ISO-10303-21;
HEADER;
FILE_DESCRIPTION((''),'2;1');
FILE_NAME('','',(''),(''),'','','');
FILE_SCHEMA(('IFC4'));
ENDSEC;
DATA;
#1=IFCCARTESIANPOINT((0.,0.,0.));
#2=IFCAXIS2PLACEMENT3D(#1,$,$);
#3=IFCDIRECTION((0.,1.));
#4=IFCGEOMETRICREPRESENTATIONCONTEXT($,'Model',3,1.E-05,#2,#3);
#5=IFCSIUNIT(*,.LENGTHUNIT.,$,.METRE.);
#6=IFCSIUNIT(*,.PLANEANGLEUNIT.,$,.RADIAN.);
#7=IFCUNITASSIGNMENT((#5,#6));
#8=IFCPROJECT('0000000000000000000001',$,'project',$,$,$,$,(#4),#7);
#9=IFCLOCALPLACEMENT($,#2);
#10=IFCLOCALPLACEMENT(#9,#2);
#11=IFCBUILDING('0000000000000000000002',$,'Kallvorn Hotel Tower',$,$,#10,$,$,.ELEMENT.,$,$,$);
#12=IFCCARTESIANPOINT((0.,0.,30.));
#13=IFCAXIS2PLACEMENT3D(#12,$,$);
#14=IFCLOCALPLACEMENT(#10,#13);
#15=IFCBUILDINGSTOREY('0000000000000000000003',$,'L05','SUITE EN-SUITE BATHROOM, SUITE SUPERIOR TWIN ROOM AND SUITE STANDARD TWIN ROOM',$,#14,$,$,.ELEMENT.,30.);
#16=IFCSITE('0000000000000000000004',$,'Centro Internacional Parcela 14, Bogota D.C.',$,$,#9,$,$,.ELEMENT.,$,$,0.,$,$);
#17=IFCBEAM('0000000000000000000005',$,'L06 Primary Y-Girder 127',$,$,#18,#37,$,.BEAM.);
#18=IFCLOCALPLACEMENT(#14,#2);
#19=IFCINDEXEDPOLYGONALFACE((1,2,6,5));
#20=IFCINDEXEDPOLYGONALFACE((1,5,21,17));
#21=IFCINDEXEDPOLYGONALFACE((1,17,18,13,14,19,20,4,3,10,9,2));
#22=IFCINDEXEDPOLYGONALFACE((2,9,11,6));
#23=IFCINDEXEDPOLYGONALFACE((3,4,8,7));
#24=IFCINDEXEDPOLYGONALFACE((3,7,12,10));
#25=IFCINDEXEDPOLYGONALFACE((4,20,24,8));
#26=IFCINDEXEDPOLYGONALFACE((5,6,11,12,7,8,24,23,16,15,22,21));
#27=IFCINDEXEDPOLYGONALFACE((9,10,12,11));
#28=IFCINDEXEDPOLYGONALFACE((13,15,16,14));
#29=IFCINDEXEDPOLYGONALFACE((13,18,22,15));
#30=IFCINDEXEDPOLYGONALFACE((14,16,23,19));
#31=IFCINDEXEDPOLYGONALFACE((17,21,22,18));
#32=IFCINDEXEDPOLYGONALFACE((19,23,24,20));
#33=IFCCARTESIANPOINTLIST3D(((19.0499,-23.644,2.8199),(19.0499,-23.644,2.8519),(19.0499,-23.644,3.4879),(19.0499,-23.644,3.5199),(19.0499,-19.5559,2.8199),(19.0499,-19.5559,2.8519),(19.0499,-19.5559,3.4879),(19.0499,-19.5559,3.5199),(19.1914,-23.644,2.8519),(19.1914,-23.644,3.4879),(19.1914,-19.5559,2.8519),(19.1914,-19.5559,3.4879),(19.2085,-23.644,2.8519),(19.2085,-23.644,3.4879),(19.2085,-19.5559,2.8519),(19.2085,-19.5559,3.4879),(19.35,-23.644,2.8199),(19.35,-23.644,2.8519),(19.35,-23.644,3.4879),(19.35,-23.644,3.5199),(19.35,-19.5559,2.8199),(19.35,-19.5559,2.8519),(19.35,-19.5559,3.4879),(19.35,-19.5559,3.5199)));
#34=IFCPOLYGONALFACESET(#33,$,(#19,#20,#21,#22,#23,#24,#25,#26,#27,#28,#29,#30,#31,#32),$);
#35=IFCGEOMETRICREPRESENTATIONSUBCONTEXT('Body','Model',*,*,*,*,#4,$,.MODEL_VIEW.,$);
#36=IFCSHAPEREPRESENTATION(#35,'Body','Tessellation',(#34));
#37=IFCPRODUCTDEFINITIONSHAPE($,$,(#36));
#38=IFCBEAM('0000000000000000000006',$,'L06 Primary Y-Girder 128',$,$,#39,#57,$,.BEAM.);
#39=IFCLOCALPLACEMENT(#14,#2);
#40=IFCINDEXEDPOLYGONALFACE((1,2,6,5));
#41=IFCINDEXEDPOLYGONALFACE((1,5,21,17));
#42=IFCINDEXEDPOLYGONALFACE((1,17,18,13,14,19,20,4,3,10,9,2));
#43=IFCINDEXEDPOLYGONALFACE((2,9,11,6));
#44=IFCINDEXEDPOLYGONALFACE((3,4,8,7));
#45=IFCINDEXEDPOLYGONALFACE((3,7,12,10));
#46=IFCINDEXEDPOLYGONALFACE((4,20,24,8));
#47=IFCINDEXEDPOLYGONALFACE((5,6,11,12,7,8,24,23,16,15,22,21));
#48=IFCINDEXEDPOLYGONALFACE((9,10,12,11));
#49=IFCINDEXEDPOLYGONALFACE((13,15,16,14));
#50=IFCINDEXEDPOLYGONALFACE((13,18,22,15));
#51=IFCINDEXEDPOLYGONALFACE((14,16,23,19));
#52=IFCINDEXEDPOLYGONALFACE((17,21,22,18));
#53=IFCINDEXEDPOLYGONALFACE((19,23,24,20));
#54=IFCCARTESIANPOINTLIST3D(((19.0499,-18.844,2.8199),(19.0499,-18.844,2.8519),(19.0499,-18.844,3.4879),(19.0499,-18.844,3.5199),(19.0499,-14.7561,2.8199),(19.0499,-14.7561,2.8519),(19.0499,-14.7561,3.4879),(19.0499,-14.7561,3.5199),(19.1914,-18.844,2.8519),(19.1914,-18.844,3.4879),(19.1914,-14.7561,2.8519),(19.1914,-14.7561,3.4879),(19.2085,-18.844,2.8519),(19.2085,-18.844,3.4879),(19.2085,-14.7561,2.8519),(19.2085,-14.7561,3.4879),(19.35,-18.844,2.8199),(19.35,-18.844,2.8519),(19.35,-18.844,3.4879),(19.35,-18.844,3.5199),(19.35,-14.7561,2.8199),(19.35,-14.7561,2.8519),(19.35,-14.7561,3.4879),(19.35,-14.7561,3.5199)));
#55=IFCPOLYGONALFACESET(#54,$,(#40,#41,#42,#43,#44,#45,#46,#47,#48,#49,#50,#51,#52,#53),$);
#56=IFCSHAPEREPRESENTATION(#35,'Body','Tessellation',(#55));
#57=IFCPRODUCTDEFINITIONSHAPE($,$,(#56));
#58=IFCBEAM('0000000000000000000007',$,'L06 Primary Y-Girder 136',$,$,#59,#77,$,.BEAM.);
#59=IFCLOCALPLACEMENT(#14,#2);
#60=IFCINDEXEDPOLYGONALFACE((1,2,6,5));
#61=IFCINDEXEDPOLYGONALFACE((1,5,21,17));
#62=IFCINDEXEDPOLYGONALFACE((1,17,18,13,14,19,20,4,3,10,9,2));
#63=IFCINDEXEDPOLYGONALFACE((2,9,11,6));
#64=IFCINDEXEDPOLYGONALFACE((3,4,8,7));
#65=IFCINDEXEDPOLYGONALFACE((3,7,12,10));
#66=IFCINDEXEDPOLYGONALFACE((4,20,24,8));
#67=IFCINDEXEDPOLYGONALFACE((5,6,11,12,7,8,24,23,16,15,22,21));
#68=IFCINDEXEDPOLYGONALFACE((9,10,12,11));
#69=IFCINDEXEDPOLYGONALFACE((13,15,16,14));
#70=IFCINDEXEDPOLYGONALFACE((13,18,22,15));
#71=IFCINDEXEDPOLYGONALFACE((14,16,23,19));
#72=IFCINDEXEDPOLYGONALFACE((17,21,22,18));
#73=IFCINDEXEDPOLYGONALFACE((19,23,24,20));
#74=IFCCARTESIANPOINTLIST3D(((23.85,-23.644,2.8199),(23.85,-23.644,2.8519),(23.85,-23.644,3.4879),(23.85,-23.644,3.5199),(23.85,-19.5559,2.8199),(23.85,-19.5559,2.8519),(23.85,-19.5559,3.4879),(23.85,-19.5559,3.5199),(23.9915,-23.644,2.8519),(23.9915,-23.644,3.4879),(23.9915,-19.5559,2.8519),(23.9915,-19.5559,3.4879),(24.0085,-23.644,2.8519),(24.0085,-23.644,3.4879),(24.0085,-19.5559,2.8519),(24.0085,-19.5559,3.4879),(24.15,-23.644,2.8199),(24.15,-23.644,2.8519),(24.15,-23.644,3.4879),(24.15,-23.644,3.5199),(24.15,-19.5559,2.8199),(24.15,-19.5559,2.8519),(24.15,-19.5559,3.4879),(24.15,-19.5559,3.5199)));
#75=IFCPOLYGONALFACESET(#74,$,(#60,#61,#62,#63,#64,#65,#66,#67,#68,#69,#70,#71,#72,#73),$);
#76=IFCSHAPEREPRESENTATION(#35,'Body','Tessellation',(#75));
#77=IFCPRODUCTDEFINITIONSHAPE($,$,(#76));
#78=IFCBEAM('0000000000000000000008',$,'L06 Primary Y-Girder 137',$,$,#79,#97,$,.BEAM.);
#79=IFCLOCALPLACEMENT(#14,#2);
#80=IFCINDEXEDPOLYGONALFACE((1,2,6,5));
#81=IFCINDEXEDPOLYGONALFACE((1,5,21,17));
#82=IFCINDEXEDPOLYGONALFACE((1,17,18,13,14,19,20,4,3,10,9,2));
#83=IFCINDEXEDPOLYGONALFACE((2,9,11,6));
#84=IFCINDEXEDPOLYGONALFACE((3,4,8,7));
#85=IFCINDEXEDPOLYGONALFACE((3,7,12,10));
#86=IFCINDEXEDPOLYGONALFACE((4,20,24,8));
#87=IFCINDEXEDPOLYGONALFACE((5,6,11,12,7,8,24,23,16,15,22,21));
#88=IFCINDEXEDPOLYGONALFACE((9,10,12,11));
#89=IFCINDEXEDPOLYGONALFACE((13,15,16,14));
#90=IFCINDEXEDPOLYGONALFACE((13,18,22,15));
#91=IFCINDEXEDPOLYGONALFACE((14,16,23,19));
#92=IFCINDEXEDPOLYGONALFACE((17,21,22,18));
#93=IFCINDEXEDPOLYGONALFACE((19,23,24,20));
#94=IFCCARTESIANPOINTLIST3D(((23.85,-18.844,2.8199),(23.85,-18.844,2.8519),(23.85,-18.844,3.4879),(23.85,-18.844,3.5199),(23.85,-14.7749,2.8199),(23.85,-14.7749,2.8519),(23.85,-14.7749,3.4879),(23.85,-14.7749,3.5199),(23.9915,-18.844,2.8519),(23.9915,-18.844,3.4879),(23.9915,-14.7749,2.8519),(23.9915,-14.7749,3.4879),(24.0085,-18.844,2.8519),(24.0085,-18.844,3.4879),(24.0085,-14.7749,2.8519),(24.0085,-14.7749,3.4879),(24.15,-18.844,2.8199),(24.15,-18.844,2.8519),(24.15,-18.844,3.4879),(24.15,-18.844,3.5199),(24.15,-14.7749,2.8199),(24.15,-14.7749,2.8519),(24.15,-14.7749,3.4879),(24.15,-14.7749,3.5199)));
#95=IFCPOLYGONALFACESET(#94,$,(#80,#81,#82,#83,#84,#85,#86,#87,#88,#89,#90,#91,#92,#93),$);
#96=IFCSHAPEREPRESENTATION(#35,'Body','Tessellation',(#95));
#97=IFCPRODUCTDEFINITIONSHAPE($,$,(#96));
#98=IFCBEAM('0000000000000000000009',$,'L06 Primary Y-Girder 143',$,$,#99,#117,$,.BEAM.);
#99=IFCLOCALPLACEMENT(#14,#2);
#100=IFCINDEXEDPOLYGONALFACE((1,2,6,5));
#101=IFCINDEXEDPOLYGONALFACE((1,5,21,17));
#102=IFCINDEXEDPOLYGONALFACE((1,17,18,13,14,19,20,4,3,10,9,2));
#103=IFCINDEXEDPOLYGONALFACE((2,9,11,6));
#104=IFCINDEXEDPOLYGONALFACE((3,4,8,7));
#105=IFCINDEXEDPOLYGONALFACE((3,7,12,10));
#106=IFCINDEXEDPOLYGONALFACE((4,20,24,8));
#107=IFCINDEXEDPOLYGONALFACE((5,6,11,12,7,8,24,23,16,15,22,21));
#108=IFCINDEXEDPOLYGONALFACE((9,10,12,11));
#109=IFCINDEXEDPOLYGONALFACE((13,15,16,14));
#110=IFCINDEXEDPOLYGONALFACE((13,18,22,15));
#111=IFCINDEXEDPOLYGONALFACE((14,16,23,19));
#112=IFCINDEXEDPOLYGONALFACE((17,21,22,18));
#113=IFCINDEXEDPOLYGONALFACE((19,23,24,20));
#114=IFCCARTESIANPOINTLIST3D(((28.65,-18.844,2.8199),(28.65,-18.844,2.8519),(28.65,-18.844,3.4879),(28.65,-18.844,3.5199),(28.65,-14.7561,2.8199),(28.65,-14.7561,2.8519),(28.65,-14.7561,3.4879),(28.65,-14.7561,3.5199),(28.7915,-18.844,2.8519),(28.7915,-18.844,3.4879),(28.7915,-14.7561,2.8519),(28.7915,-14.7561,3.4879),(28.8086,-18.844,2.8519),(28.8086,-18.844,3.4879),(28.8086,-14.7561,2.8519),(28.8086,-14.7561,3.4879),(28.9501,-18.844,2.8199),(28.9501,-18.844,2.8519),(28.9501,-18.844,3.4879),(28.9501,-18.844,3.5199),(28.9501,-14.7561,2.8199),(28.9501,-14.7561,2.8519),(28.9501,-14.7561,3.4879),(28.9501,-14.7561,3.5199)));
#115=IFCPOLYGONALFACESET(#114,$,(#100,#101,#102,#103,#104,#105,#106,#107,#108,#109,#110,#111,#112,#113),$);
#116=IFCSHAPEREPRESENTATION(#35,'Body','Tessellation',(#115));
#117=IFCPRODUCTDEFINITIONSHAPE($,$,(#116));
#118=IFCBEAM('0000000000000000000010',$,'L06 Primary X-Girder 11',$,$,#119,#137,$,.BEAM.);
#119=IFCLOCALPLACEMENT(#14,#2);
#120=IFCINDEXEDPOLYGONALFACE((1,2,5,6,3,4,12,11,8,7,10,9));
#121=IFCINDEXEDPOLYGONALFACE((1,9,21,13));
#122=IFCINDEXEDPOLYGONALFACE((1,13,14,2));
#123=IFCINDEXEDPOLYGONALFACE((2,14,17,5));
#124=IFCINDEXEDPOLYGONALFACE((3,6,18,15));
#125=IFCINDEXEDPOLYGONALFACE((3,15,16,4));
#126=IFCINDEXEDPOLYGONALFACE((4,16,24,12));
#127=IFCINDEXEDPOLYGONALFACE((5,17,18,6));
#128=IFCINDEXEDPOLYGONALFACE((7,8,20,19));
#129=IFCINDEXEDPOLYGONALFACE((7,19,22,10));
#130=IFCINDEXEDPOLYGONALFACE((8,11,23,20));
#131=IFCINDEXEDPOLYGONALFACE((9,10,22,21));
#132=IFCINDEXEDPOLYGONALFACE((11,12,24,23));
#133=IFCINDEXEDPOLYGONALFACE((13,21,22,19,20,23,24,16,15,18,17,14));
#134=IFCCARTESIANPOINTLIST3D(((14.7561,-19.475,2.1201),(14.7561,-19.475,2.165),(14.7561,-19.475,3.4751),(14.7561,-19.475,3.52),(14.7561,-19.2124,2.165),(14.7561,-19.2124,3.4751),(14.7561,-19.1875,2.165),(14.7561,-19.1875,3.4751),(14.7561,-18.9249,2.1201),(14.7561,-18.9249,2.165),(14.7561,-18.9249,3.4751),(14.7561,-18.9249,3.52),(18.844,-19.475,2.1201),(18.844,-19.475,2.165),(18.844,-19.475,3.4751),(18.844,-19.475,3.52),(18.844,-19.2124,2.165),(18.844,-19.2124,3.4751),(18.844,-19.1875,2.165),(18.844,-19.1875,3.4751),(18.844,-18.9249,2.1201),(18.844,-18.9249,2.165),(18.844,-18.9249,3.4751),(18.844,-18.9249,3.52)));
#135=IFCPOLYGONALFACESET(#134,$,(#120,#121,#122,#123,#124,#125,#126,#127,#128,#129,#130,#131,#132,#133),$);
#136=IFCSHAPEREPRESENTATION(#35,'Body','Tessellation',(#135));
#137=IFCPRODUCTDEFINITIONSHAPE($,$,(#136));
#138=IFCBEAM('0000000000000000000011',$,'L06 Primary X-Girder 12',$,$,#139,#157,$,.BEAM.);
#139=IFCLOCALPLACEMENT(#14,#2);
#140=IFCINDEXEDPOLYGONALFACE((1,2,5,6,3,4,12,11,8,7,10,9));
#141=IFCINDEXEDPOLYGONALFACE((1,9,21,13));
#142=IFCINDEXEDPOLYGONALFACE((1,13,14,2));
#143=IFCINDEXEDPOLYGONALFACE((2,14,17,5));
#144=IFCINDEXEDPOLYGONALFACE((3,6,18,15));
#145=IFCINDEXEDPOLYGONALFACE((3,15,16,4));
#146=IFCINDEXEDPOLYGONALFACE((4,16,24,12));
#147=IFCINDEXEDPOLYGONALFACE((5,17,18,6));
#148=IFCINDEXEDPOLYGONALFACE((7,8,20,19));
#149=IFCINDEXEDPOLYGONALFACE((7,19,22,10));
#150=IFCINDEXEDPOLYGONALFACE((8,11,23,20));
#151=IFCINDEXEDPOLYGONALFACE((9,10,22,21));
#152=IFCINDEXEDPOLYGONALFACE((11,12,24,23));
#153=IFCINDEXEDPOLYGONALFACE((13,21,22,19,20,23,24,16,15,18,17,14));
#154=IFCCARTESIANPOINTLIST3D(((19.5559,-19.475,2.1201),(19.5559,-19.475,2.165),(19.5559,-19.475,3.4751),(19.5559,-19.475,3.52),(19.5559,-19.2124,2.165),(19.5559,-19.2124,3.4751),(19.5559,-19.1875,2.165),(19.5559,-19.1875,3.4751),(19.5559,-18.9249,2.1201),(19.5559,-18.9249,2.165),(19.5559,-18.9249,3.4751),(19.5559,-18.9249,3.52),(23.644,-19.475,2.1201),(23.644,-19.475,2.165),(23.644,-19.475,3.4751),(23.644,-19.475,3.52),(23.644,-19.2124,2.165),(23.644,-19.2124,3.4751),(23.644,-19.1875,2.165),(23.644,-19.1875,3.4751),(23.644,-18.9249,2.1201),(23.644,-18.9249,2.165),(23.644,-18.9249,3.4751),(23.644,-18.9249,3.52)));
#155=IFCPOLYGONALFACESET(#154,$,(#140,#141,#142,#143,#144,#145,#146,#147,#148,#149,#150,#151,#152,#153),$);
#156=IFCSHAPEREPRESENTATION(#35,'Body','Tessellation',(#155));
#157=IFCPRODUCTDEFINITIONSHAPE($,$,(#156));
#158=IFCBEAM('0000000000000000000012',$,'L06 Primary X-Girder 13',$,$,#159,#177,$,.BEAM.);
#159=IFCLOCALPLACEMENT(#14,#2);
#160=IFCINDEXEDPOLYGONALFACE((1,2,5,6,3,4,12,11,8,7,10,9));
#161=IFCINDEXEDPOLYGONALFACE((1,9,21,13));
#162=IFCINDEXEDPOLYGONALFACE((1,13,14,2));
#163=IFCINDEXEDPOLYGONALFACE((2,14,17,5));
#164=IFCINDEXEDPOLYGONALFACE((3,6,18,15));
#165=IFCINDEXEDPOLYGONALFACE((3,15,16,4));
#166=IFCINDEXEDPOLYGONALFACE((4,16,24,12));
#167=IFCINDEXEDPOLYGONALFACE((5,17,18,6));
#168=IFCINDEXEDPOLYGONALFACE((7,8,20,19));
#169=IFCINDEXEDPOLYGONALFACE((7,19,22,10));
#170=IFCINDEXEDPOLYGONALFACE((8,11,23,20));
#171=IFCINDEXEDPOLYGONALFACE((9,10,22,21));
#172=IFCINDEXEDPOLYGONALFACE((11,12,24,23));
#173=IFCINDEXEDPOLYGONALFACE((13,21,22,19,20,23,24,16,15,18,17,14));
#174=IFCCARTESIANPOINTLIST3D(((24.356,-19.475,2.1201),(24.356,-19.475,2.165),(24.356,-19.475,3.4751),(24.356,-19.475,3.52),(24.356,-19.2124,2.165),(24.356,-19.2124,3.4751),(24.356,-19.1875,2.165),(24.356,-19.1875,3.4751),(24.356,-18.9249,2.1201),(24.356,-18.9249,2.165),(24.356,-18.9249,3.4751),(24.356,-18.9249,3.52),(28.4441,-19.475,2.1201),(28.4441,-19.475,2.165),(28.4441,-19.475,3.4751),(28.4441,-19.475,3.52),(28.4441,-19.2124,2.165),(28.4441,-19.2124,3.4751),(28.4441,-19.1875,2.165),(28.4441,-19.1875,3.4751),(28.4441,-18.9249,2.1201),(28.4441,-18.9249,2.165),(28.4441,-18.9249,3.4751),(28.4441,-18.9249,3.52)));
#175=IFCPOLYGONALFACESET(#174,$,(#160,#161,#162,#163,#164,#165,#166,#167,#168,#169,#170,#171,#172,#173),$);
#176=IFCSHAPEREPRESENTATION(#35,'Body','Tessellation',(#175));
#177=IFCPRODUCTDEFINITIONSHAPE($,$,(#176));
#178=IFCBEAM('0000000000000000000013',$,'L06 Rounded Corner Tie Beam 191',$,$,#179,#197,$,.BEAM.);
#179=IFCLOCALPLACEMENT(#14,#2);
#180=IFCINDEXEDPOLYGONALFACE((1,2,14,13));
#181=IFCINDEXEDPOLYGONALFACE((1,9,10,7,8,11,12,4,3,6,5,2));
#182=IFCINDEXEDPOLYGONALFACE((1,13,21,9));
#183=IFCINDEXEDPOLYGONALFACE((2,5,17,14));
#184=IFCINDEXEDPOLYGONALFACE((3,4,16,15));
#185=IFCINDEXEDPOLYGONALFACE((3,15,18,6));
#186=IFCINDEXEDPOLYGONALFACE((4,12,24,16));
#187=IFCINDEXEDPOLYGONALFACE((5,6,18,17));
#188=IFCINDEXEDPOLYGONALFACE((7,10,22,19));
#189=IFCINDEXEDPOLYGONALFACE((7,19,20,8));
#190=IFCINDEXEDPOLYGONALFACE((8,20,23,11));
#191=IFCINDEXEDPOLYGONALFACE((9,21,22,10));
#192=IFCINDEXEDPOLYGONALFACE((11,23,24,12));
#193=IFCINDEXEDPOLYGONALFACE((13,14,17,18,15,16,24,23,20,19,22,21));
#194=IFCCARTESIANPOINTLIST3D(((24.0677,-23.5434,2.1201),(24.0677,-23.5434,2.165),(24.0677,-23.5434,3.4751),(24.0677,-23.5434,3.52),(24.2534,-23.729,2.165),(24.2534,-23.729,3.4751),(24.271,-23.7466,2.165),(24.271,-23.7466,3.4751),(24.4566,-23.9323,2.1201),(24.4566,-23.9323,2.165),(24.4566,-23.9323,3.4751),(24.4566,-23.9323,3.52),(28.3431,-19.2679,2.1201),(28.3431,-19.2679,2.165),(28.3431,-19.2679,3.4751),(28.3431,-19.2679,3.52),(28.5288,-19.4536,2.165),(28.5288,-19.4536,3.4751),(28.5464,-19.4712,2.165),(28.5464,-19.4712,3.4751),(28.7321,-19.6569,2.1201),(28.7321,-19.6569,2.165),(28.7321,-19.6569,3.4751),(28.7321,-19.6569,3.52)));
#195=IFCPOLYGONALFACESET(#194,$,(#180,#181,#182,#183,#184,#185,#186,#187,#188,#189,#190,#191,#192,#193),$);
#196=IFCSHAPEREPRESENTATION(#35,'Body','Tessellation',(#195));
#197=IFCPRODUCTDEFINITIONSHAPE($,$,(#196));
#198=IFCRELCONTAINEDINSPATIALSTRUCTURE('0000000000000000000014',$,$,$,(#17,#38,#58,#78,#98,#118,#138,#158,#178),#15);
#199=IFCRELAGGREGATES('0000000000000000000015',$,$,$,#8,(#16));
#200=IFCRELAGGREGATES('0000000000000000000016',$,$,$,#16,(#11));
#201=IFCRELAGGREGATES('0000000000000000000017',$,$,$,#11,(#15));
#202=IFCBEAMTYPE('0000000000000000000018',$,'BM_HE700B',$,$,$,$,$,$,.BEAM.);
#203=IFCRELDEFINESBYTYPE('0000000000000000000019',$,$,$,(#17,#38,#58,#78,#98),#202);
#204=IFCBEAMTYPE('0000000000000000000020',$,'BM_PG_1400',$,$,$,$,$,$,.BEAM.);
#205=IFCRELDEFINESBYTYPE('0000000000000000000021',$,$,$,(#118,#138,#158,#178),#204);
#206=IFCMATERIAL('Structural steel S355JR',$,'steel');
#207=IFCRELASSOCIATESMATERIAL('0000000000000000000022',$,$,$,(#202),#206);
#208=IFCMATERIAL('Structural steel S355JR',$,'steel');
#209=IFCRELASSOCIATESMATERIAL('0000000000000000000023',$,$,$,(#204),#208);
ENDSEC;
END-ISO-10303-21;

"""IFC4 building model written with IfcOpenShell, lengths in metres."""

from ifc_helpers import new_model, si_unit, direction, frame, origin, origin_2d, place, context, subcontext, project, spatial, i_section, extrude, material, material_profile, profile_set, type_object, element, save


model = new_model("IFC4")

# Units and contexts
model_context = context("Model", 3, precision=1e-05, world=origin(), true_north=direction((0.0, 1.0)))
body_context = subcontext(model_context, "Body", "Model", "MODEL_VIEW")
ifc_project = project(units=[si_unit("LENGTHUNIT", "METRE"), si_unit("PLANEANGLEUNIT", "RADIAN")], contexts=[model_context])

# Site, building, storey
site_placement = place(None, origin())
site = spatial("IfcSite", under=ifc_project, at=site_placement, Name="Centro Internacional Parcela 14, Bogota D.C.", CompositionType="ELEMENT", RefElevation=0.0)
building_placement = place(site_placement, origin())
building = spatial("IfcBuilding", under=site, at=building_placement, Name="Kallvorn Hotel Tower", CompositionType="ELEMENT")
storey_placement = place(building_placement, frame((0.0, 0.0, 30.0)))
storey = spatial("IfcBuildingStorey", under=building, at=storey_placement, Name="L05", Description="SUITE EN-SUITE BATHROOM, SUITE SUPERIOR TWIN ROOM AND SUITE STANDARD TWIN ROOM", CompositionType="ELEMENT", Elevation=30.0)

# Beams
ifc_material_1 = material(Name="Structural steel S355JR", Category="steel")
ifc_material_profile_1 = material_profile(ifc_material_1, i_section(OverallWidth=0.3, OverallDepth=0.7, WebThickness=0.0171, FlangeThickness=0.032, at=origin_2d()), Name="HE 700 B")
ifc_profile_set_1 = profile_set([ifc_material_profile_1], Name="Structural steel S355JR")
beam_type_1 = type_object("IfcBeamType", Name="BM_HE700B", PredefinedType="BEAM", material=ifc_profile_set_1)
beam_1_placement = place(storey_placement, frame((19.2, -23.644, 3.1699), z_axis=(0.0, 1.0, 0.0), x_axis=(-1.0, 0.0, 0.0)))
element("IfcBeam", 1, at=beam_1_placement, inside=storey, type_object=beam_type_1, Name="L06 Primary Y-Girder 127", PredefinedType="BEAM", context=body_context, shape_type="SweptSolid", body=[
    extrude(i_section(OverallWidth=0.3, OverallDepth=0.7, WebThickness=0.0171, FlangeThickness=0.032, at=origin_2d()), origin(), (0.0, 0.0, 1.0), 4.0881),
])
beam_2_placement = place(storey_placement, frame((19.2, -18.844, 3.1699), z_axis=(0.0, 1.0, 0.0), x_axis=(-1.0, 0.0, 0.0)))
element("IfcBeam", 2, at=beam_2_placement, inside=storey, type_object=beam_type_1, Name="L06 Primary Y-Girder 128", PredefinedType="BEAM", context=body_context, shape_type="SweptSolid", body=[
    extrude(i_section(OverallWidth=0.3, OverallDepth=0.7, WebThickness=0.0171, FlangeThickness=0.032, at=origin_2d()), origin(), (0.0, 0.0, 1.0), 4.0879),
])
beam_3_placement = place(storey_placement, frame((24.0, -23.644, 3.1699), z_axis=(0.0, 1.0, 0.0), x_axis=(-1.0, 0.0, 0.0)))
element("IfcBeam", 3, at=beam_3_placement, inside=storey, type_object=beam_type_1, Name="L06 Primary Y-Girder 136", PredefinedType="BEAM", context=body_context, shape_type="SweptSolid", body=[
    extrude(i_section(OverallWidth=0.3, OverallDepth=0.7, WebThickness=0.0171, FlangeThickness=0.032, at=origin_2d()), origin(), (0.0, 0.0, 1.0), 4.0881),
])
beam_4_placement = place(storey_placement, frame((24.0, -18.844, 3.1699), z_axis=(0.0, 1.0, 0.0), x_axis=(-1.0, 0.0, 0.0)))
element("IfcBeam", 4, at=beam_4_placement, inside=storey, type_object=beam_type_1, Name="L06 Primary Y-Girder 137", PredefinedType="BEAM", context=body_context, shape_type="SweptSolid", body=[
    extrude(i_section(OverallWidth=0.3, OverallDepth=0.7, WebThickness=0.0171, FlangeThickness=0.032, at=origin_2d()), origin(), (0.0, 0.0, 1.0), 4.0691),
])
beam_5_placement = place(storey_placement, frame((28.8, -18.844, 3.1699), z_axis=(0.0, 1.0, 0.0), x_axis=(-1.0, 0.0, 0.0)))
element("IfcBeam", 5, at=beam_5_placement, inside=storey, type_object=beam_type_1, Name="L06 Primary Y-Girder 143", PredefinedType="BEAM", context=body_context, shape_type="SweptSolid", body=[
    extrude(i_section(OverallWidth=0.3, OverallDepth=0.7, WebThickness=0.0171, FlangeThickness=0.032, at=origin_2d()), origin(), (0.0, 0.0, 1.0), 4.0879),
])
ifc_material_2 = material(Name="Structural steel S355JR", Category="steel")
ifc_material_profile_2 = material_profile(ifc_material_2, i_section(OverallWidth=0.55, OverallDepth=1.3999, WebThickness=0.0249, FlangeThickness=0.0449, at=origin_2d()), Name="PG 1400x550x25x45")
ifc_profile_set_2 = profile_set([ifc_material_profile_2], Name="Structural steel S355JR")
beam_type_2 = type_object("IfcBeamType", Name="BM_PG_1400", PredefinedType="BEAM", material=ifc_profile_set_2)
beam_6_placement = place(storey_placement, frame((14.7561, -19.2, 2.8201), z_axis=(1.0, 0.0, 0.0), x_axis=(0.0, 1.0, 0.0)))
element("IfcBeam", 6, at=beam_6_placement, inside=storey, type_object=beam_type_2, Name="L06 Primary X-Girder 11", PredefinedType="BEAM", context=body_context, shape_type="SweptSolid", body=[
    extrude(i_section(OverallWidth=0.55, OverallDepth=1.3999, WebThickness=0.0249, FlangeThickness=0.0449, at=origin_2d()), origin(), (0.0, 0.0, 1.0), 4.0879),
])
for number, where, z_axis, x_axis, name in (
    (7, (19.5559, -19.2, 2.8201), (1.0, 0.0, 0.0), (0.0, 1.0, 0.0), "L06 Primary X-Girder 12"),
    (8, (24.356, -19.2, 2.8201), (1.0, 0.0, 0.0), (0.0, 1.0, 0.0), "L06 Primary X-Girder 13"),
):
    element("IfcBeam", number, at=place(storey_placement, frame(where, z_axis=z_axis, x_axis=x_axis)), inside=storey, type_object=beam_type_2, Name=name, PredefinedType="BEAM", context=body_context, shape_type="SweptSolid", body=[
        extrude(i_section(OverallWidth=0.55, OverallDepth=1.3999, WebThickness=0.0249, FlangeThickness=0.0449, at=origin_2d()), origin(), (0.0, 0.0, 1.0), 4.0881),
    ])
beam_7_placement = place(storey_placement, frame((28.5376, -19.4624, 2.8201), z_axis=(-0.707107, -0.707107, 0.0), x_axis=(0.707107, -0.707107, 0.0)))
element("IfcBeam", 9, at=beam_7_placement, inside=storey, type_object=beam_type_2, Name="L06 Rounded Corner Tie Beam 191", PredefinedType="BEAM", context=body_context, shape_type="SweptSolid", body=[
    extrude(i_section(OverallWidth=0.55, OverallDepth=1.3999, WebThickness=0.0249, FlangeThickness=0.0449, at=origin_2d()), origin(), (0.0, 0.0, 1.0), 6.0464),
])

save(model, "model.ifc")
